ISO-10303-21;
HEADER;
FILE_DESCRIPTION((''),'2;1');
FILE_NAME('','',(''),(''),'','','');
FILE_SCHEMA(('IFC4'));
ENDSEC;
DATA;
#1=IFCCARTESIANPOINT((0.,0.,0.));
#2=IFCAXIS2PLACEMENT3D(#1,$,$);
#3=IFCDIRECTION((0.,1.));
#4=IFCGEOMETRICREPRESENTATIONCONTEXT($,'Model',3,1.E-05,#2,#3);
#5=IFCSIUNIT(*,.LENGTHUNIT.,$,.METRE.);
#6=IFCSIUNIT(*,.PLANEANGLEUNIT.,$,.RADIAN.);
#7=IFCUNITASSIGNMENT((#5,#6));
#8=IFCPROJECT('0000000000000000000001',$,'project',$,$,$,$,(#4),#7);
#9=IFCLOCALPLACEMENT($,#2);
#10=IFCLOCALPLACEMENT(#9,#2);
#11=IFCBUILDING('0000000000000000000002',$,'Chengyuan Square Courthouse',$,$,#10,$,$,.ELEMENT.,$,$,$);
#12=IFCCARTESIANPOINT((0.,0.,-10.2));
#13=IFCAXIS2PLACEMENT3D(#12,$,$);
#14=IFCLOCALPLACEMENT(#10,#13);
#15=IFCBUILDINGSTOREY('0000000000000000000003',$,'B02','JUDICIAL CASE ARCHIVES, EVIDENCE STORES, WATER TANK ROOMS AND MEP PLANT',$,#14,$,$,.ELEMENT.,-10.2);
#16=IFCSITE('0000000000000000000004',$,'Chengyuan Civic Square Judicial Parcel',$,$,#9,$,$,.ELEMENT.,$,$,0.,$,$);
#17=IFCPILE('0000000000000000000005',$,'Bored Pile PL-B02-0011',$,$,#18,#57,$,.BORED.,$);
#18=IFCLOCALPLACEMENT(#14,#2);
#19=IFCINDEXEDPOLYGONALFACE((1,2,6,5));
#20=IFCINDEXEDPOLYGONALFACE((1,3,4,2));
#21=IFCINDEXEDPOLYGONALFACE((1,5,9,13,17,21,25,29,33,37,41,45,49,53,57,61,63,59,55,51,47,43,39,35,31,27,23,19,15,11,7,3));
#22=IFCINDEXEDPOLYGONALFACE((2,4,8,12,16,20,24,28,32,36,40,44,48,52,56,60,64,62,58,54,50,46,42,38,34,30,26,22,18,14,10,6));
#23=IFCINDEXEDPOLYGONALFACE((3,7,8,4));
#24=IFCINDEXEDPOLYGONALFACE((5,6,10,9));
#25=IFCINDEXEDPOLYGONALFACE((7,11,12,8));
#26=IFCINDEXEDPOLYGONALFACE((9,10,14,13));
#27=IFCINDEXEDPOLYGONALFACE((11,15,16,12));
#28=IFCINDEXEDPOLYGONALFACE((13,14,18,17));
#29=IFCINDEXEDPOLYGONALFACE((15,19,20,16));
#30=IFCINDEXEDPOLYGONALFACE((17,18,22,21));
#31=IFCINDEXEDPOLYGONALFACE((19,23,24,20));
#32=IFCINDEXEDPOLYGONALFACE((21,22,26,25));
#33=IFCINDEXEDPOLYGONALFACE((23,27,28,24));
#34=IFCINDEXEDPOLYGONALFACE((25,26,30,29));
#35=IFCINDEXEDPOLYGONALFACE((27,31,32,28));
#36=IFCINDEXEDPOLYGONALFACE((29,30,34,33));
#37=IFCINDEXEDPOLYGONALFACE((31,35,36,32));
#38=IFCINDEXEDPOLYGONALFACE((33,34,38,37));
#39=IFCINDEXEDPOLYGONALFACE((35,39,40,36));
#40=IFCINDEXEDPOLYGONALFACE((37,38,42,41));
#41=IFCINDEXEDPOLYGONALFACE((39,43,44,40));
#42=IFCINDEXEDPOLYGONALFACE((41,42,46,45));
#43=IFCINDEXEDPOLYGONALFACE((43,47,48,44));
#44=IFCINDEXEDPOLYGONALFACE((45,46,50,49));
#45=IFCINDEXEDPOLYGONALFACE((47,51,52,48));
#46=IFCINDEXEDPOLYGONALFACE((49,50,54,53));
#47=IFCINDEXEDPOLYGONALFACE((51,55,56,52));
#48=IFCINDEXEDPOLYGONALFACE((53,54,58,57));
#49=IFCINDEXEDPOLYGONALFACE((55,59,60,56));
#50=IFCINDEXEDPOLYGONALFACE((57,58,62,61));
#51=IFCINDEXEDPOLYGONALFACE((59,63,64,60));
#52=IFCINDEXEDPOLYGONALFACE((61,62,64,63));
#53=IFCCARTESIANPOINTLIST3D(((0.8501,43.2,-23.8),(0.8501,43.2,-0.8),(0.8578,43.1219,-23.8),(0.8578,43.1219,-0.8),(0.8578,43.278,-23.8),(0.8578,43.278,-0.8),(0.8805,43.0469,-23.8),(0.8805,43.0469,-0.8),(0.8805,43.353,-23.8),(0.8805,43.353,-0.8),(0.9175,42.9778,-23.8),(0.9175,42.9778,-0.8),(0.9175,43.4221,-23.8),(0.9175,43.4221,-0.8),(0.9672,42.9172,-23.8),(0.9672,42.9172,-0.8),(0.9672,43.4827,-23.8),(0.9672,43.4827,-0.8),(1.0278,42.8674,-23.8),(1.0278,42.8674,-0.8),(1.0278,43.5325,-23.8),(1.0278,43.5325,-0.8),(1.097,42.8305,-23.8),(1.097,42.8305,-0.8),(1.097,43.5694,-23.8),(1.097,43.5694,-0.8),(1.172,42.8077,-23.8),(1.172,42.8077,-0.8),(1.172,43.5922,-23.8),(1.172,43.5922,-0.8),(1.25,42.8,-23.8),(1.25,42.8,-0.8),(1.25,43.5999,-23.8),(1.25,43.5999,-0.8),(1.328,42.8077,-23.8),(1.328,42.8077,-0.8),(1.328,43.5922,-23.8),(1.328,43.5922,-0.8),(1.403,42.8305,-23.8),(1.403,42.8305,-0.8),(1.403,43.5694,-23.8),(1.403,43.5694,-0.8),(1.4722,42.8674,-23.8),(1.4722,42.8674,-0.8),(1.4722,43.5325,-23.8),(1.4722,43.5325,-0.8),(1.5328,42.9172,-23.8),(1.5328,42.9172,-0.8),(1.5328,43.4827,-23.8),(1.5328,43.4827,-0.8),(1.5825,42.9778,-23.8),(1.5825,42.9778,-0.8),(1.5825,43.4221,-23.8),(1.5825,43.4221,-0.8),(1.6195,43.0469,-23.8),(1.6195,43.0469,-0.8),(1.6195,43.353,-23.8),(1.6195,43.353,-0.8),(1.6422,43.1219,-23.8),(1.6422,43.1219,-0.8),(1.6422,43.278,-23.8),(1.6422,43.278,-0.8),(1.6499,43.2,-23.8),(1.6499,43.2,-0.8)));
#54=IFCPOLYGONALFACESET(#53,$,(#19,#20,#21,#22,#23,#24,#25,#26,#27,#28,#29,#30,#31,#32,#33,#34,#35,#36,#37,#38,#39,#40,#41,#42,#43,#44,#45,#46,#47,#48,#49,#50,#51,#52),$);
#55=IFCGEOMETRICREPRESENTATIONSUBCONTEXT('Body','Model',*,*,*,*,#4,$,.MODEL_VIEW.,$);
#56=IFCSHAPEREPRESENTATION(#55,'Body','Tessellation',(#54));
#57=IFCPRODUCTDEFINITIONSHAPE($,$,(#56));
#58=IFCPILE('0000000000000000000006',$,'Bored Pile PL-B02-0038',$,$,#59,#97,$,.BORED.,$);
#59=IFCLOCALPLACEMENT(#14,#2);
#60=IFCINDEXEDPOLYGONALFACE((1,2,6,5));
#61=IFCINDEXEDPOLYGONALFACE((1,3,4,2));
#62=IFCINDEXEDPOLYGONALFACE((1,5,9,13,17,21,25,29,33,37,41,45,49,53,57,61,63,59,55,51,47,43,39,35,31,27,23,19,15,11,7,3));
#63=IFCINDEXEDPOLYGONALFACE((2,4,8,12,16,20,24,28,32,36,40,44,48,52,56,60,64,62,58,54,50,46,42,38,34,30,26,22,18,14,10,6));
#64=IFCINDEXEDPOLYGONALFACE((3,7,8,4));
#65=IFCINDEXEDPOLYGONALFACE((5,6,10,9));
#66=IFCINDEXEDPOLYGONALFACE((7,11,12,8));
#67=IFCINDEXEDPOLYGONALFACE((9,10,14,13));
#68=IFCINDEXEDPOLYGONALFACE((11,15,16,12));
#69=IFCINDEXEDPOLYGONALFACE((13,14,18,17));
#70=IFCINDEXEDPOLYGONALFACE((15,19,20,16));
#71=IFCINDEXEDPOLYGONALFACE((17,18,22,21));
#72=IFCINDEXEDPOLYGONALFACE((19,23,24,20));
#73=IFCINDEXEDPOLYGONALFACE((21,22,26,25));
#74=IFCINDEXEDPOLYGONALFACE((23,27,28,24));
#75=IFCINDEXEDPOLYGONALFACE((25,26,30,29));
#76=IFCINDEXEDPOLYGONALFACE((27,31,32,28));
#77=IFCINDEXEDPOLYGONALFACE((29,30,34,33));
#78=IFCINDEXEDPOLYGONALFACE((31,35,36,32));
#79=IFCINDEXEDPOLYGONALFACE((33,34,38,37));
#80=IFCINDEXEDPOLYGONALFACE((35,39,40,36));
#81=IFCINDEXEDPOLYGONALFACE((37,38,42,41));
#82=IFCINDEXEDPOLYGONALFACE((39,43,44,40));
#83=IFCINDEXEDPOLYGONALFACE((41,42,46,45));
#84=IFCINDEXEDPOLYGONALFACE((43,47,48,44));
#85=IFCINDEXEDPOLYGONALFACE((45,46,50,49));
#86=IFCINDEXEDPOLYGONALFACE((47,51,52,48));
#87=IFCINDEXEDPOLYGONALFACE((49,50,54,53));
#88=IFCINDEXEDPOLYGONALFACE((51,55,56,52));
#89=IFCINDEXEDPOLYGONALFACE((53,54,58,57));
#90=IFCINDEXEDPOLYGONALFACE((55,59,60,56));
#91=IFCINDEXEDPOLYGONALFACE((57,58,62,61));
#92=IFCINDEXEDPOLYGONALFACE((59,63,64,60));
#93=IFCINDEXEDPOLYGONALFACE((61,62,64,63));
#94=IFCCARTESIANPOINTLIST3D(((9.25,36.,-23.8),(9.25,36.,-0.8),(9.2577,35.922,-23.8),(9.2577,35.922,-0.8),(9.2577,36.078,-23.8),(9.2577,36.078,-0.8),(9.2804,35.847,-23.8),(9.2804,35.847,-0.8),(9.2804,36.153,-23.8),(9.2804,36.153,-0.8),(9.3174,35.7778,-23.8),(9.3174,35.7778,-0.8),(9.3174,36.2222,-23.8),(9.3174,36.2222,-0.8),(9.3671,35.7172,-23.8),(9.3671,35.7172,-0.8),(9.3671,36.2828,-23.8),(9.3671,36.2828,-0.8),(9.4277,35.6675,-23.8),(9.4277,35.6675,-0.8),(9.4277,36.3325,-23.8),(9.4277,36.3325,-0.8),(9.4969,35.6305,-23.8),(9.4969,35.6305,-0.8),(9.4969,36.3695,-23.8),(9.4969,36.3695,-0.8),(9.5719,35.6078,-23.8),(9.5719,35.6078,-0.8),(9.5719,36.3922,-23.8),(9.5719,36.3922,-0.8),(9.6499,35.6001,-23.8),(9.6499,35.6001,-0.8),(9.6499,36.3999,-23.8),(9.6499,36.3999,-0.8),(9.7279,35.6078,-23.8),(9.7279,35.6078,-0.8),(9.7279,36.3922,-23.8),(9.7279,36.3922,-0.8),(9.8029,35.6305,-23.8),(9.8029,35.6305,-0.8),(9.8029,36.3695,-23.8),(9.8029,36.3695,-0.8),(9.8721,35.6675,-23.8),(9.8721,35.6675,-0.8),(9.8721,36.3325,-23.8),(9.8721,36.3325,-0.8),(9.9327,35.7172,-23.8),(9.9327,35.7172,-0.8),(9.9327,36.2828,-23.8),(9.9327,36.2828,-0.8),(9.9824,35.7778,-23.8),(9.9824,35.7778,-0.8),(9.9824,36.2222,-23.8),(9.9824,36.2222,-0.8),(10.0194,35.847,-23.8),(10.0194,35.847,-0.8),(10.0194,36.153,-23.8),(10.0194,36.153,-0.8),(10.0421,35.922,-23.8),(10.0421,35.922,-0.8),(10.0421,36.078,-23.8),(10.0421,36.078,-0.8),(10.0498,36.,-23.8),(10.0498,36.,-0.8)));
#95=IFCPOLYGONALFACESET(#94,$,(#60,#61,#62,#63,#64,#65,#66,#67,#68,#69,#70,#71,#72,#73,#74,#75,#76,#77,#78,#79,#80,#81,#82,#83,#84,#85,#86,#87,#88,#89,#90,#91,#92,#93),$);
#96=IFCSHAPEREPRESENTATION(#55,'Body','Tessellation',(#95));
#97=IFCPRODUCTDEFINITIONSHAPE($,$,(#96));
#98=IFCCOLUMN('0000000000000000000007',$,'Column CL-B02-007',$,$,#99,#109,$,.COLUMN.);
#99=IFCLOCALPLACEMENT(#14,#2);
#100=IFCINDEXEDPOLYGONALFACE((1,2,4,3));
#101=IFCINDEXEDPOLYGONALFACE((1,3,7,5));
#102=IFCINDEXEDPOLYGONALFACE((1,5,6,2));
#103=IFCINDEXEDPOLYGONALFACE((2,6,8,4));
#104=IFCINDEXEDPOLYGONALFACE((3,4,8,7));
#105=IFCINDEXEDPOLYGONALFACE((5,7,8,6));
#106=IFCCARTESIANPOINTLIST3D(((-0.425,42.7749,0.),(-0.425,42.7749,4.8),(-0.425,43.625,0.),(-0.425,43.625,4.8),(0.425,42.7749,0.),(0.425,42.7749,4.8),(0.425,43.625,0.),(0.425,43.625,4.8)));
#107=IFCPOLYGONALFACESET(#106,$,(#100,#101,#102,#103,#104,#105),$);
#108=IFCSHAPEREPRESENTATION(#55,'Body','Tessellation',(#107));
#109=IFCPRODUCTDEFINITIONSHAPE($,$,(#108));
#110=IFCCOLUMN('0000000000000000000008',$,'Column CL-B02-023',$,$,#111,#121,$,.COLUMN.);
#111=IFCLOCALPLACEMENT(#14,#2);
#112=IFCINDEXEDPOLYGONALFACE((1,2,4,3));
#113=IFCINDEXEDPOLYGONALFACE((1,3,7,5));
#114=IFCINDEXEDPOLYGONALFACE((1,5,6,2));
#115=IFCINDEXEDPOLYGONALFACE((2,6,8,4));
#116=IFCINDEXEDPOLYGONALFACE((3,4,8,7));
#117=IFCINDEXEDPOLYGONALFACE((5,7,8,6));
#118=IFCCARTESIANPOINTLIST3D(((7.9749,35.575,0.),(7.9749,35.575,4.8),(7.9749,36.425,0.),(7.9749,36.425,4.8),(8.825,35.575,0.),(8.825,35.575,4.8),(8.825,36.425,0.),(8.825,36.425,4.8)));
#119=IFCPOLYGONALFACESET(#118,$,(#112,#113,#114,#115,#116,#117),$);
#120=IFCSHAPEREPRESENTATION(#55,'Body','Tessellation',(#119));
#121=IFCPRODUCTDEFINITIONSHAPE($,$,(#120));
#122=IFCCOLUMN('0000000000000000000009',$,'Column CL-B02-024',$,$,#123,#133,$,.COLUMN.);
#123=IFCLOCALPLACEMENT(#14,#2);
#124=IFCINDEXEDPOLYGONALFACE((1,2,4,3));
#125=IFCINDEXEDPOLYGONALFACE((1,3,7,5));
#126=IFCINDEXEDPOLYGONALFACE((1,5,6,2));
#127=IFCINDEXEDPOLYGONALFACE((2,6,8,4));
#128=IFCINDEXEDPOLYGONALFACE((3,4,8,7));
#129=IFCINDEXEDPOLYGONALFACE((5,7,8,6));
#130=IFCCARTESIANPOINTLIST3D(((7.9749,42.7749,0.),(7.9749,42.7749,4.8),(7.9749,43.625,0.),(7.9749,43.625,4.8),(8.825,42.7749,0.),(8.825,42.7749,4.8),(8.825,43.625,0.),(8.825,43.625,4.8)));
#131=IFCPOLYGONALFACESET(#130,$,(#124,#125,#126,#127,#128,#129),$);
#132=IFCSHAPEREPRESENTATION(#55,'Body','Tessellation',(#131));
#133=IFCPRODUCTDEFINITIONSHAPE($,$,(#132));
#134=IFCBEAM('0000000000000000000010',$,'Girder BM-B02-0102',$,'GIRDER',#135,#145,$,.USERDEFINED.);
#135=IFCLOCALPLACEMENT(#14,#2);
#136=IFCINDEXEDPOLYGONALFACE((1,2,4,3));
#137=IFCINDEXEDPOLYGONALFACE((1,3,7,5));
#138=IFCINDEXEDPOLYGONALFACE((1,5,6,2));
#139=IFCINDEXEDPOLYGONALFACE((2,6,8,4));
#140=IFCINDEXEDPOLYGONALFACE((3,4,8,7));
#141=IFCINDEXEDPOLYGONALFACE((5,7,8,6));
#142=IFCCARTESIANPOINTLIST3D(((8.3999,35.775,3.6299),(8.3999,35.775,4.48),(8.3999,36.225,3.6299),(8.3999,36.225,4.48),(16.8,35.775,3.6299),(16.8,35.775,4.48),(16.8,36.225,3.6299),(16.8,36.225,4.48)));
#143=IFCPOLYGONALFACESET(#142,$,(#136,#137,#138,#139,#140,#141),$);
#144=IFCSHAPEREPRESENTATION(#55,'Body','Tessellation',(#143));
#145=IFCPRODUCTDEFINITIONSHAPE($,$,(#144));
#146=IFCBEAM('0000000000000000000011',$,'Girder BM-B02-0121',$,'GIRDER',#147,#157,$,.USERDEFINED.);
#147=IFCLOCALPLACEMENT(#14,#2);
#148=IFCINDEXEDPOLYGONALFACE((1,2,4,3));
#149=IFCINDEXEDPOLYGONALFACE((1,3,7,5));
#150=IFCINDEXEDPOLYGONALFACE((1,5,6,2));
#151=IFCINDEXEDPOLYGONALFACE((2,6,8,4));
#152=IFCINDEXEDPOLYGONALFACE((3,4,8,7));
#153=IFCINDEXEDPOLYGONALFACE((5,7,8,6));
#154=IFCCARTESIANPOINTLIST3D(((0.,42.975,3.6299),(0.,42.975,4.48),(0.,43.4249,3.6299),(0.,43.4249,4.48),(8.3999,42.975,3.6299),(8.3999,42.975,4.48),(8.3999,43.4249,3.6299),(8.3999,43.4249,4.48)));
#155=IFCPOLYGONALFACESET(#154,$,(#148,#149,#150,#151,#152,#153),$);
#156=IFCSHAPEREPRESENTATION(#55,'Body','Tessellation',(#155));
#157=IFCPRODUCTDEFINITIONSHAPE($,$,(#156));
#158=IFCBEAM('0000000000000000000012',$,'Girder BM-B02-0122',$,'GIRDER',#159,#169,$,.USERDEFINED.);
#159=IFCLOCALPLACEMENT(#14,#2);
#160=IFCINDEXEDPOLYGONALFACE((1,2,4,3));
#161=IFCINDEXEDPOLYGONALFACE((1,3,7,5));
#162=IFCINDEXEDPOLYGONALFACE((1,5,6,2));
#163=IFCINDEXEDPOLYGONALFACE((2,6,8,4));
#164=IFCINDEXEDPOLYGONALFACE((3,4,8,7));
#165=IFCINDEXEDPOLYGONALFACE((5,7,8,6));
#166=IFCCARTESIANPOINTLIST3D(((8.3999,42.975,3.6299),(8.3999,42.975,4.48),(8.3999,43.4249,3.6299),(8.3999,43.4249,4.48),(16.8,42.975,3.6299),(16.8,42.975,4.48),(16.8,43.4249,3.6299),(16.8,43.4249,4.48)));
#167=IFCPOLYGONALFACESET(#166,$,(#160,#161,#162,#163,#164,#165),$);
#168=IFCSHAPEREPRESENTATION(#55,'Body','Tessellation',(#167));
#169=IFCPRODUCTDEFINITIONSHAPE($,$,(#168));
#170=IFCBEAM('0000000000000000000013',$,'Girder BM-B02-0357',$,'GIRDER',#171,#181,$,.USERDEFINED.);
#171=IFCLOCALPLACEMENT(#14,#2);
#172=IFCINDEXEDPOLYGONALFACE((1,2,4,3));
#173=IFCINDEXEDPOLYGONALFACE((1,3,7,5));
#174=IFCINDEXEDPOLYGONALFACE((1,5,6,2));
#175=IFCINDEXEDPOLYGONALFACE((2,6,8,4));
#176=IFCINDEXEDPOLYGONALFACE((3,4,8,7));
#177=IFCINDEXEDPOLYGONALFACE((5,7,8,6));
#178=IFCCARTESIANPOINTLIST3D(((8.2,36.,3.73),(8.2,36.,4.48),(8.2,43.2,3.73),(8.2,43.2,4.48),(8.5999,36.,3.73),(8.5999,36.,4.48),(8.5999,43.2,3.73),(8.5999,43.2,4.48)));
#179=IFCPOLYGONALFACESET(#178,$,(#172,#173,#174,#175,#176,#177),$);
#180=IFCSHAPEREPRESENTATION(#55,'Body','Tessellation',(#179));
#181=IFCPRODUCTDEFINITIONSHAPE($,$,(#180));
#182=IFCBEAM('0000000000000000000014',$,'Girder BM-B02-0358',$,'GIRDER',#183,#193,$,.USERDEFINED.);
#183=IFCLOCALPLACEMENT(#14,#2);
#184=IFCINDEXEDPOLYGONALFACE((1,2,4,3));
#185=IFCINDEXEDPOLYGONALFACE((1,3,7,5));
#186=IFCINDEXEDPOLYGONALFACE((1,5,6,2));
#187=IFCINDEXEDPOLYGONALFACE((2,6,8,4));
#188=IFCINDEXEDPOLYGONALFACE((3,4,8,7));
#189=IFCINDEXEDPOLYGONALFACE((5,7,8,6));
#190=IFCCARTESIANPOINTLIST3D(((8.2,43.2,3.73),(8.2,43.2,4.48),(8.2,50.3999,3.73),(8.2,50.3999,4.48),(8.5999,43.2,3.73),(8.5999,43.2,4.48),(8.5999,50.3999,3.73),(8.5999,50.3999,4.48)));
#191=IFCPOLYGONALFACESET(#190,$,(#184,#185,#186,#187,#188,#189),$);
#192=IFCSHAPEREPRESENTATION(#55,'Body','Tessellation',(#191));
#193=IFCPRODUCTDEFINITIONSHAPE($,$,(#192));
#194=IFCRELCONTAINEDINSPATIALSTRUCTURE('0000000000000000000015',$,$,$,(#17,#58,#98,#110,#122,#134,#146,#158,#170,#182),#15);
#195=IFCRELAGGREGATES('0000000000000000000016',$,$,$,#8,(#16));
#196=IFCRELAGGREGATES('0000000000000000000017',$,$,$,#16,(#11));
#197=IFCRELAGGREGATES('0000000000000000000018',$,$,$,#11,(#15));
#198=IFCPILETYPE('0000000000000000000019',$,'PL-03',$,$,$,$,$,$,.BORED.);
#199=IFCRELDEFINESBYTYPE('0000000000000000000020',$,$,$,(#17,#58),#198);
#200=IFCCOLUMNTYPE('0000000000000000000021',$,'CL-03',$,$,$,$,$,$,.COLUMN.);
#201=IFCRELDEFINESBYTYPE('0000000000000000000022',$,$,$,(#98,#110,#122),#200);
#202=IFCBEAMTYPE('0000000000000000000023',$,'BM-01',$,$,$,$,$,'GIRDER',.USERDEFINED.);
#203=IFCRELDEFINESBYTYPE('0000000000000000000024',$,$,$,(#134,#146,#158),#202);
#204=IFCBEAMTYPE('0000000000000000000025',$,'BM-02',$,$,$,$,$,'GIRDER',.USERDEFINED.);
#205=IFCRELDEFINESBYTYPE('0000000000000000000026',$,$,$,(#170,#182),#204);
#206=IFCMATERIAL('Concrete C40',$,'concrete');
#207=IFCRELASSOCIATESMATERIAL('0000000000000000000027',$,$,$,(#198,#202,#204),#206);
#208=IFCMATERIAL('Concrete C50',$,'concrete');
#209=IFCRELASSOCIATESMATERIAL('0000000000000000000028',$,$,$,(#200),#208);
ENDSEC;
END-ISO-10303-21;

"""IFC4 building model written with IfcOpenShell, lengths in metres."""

from ifc_helpers import new_model, si_unit, direction, frame, origin, origin_2d, place, context, subcontext, project, spatial, rectangle, circle, extrude, material, material_profile, profile_set, type_object, element, save


model = new_model("IFC4")

# Units and contexts
model_context = context("Model", 3, precision=1e-05, world=origin(), true_north=direction((0.0, 1.0)))
body_context = subcontext(model_context, "Body", "Model", "MODEL_VIEW")
ifc_project = project(units=[si_unit("LENGTHUNIT", "METRE"), si_unit("PLANEANGLEUNIT", "RADIAN")], contexts=[model_context])

# Site, building, storey
site_placement = place(None, origin())
site = spatial("IfcSite", under=ifc_project, at=site_placement, Name="Chengyuan Civic Square Judicial Parcel", CompositionType="ELEMENT", RefElevation=0.0)
building_placement = place(site_placement, origin())
building = spatial("IfcBuilding", under=site, at=building_placement, Name="Chengyuan Square Courthouse", CompositionType="ELEMENT")
storey_placement = place(building_placement, frame((0.0, 0.0, -10.2)))
storey = spatial("IfcBuildingStorey", under=building, at=storey_placement, Name="B02", Description="JUDICIAL CASE ARCHIVES, EVIDENCE STORES, WATER TANK ROOMS AND MEP PLANT", CompositionType="ELEMENT", Elevation=-10.2)

# Shared definitions
ifc_material_1 = material(Name="Concrete C40", Category="concrete")

# Piles
ifc_material_profile_1 = material_profile(ifc_material_1, circle(Radius=0.3999, at=origin_2d()), Name="BORED PILE D800")
ifc_profile_set_1 = profile_set([ifc_material_profile_1], Name="Concrete C40")
pile_type_1 = type_object("IfcPileType", Name="PL-03", PredefinedType="BORED", material=ifc_profile_set_1)
for number, where, z_axis, x_axis, name in (
    (1, (1.25, 43.2, -0.8), (0.0, 0.0, -1.0), (1.0, 0.0, 0.0), "Bored Pile PL-B02-0011"),
    (2, (9.6499, 36.0, -0.8), (0.0, 0.0, -1.0), (1.0, 0.0, 0.0), "Bored Pile PL-B02-0038"),
):
    element("IfcPile", number, at=place(storey_placement, frame(where, z_axis=z_axis, x_axis=x_axis)), inside=storey, type_object=pile_type_1, Name=name, PredefinedType="BORED", context=body_context, shape_type="SweptSolid", body=[
        extrude(circle(Radius=0.3999, at=origin_2d()), origin(), (0.0, 0.0, 1.0), 23.0),
    ])

# Columns
ifc_material_2 = material(Name="Concrete C50", Category="concrete")
ifc_material_profile_2 = material_profile(ifc_material_2, rectangle(XDim=0.8501, YDim=0.8501, at=origin_2d()), Name="RC-COL-850x850")
ifc_profile_set_2 = profile_set([ifc_material_profile_2], Name="Concrete C50")
column_type = type_object("IfcColumnType", Name="CL-03", PredefinedType="COLUMN", material=ifc_profile_set_2)
for number, where, z_axis, x_axis, name in (
    (3, (0.0, 43.2, 0.0), (0.0, 0.0, 1.0), (1.0, 0.0, 0.0), "Column CL-B02-007"),
    (4, (8.3999, 36.0, 0.0), (0.0, 0.0, 1.0), (1.0, 0.0, 0.0), "Column CL-B02-023"),
    (5, (8.3999, 43.2, 0.0), (0.0, 0.0, 1.0), (1.0, 0.0, 0.0), "Column CL-B02-024"),
):
    element("IfcColumn", number, at=place(storey_placement, frame(where, z_axis=z_axis, x_axis=x_axis)), inside=storey, type_object=column_type, Name=name, PredefinedType="COLUMN", context=body_context, shape_type="SweptSolid", body=[
        extrude(rectangle(XDim=0.8501, YDim=0.8501, at=origin_2d()), origin(), (0.0, 0.0, 1.0), 4.8),
    ])

# Beams
ifc_material_profile_3 = material_profile(ifc_material_1, rectangle(XDim=0.45, YDim=0.8501, at=origin_2d()), Name="RC-BM-450x850")
ifc_profile_set_3 = profile_set([ifc_material_profile_3], Name="Concrete C40")
beam_type_1 = type_object("IfcBeamType", Name="BM-01", ElementType="GIRDER", PredefinedType="USERDEFINED", material=ifc_profile_set_3)
beam_1_placement = place(storey_placement, frame((8.3999, 36.0, 4.0549), z_axis=(1.0, 0.0, 0.0), x_axis=(0.0, 1.0, 0.0)))
element("IfcBeam", 6, at=beam_1_placement, inside=storey, type_object=beam_type_1, Name="Girder BM-B02-0102", ObjectType="GIRDER", PredefinedType="USERDEFINED", context=body_context, shape_type="SweptSolid", body=[
    extrude(rectangle(XDim=0.45, YDim=0.8501, at=origin_2d()), origin(), (0.0, 0.0, 1.0), 8.4001),
])
beam_2_placement = place(storey_placement, frame((0.0, 43.2, 4.0549), z_axis=(1.0, 0.0, 0.0), x_axis=(0.0, 1.0, 0.0)))
element("IfcBeam", 7, at=beam_2_placement, inside=storey, type_object=beam_type_1, Name="Girder BM-B02-0121", ObjectType="GIRDER", PredefinedType="USERDEFINED", context=body_context, shape_type="SweptSolid", body=[
    extrude(rectangle(XDim=0.45, YDim=0.8501, at=origin_2d()), origin(), (0.0, 0.0, 1.0), 8.3999),
])
beam_3_placement = place(storey_placement, frame((8.3999, 43.2, 4.0549), z_axis=(1.0, 0.0, 0.0), x_axis=(0.0, 1.0, 0.0)))
element("IfcBeam", 8, at=beam_3_placement, inside=storey, type_object=beam_type_1, Name="Girder BM-B02-0122", ObjectType="GIRDER", PredefinedType="USERDEFINED", context=body_context, shape_type="SweptSolid", body=[
    extrude(rectangle(XDim=0.45, YDim=0.8501, at=origin_2d()), origin(), (0.0, 0.0, 1.0), 8.4001),
])
ifc_material_profile_4 = material_profile(ifc_material_1, rectangle(XDim=0.3999, YDim=0.75, at=origin_2d()), Name="RC-BM-400x750")
ifc_profile_set_4 = profile_set([ifc_material_profile_4], Name="Concrete C40")
beam_type_2 = type_object("IfcBeamType", Name="BM-02", ElementType="GIRDER", PredefinedType="USERDEFINED", material=ifc_profile_set_4)
for number, where, z_axis, x_axis, name in (
    (9, (8.3999, 36.0, 4.105), (0.0, 1.0, 0.0), (-1.0, 0.0, 0.0), "Girder BM-B02-0357"),
    (10, (8.3999, 43.2, 4.105), (0.0, 1.0, 0.0), (-1.0, 0.0, 0.0), "Girder BM-B02-0358"),
):
    element("IfcBeam", number, at=place(storey_placement, frame(where, z_axis=z_axis, x_axis=x_axis)), inside=storey, type_object=beam_type_2, Name=name, ObjectType="GIRDER", PredefinedType="USERDEFINED", context=body_context, shape_type="SweptSolid", body=[
        extrude(rectangle(XDim=0.3999, YDim=0.75, at=origin_2d()), origin(), (0.0, 0.0, 1.0), 7.2),
    ])

save(model, "model.ifc")
